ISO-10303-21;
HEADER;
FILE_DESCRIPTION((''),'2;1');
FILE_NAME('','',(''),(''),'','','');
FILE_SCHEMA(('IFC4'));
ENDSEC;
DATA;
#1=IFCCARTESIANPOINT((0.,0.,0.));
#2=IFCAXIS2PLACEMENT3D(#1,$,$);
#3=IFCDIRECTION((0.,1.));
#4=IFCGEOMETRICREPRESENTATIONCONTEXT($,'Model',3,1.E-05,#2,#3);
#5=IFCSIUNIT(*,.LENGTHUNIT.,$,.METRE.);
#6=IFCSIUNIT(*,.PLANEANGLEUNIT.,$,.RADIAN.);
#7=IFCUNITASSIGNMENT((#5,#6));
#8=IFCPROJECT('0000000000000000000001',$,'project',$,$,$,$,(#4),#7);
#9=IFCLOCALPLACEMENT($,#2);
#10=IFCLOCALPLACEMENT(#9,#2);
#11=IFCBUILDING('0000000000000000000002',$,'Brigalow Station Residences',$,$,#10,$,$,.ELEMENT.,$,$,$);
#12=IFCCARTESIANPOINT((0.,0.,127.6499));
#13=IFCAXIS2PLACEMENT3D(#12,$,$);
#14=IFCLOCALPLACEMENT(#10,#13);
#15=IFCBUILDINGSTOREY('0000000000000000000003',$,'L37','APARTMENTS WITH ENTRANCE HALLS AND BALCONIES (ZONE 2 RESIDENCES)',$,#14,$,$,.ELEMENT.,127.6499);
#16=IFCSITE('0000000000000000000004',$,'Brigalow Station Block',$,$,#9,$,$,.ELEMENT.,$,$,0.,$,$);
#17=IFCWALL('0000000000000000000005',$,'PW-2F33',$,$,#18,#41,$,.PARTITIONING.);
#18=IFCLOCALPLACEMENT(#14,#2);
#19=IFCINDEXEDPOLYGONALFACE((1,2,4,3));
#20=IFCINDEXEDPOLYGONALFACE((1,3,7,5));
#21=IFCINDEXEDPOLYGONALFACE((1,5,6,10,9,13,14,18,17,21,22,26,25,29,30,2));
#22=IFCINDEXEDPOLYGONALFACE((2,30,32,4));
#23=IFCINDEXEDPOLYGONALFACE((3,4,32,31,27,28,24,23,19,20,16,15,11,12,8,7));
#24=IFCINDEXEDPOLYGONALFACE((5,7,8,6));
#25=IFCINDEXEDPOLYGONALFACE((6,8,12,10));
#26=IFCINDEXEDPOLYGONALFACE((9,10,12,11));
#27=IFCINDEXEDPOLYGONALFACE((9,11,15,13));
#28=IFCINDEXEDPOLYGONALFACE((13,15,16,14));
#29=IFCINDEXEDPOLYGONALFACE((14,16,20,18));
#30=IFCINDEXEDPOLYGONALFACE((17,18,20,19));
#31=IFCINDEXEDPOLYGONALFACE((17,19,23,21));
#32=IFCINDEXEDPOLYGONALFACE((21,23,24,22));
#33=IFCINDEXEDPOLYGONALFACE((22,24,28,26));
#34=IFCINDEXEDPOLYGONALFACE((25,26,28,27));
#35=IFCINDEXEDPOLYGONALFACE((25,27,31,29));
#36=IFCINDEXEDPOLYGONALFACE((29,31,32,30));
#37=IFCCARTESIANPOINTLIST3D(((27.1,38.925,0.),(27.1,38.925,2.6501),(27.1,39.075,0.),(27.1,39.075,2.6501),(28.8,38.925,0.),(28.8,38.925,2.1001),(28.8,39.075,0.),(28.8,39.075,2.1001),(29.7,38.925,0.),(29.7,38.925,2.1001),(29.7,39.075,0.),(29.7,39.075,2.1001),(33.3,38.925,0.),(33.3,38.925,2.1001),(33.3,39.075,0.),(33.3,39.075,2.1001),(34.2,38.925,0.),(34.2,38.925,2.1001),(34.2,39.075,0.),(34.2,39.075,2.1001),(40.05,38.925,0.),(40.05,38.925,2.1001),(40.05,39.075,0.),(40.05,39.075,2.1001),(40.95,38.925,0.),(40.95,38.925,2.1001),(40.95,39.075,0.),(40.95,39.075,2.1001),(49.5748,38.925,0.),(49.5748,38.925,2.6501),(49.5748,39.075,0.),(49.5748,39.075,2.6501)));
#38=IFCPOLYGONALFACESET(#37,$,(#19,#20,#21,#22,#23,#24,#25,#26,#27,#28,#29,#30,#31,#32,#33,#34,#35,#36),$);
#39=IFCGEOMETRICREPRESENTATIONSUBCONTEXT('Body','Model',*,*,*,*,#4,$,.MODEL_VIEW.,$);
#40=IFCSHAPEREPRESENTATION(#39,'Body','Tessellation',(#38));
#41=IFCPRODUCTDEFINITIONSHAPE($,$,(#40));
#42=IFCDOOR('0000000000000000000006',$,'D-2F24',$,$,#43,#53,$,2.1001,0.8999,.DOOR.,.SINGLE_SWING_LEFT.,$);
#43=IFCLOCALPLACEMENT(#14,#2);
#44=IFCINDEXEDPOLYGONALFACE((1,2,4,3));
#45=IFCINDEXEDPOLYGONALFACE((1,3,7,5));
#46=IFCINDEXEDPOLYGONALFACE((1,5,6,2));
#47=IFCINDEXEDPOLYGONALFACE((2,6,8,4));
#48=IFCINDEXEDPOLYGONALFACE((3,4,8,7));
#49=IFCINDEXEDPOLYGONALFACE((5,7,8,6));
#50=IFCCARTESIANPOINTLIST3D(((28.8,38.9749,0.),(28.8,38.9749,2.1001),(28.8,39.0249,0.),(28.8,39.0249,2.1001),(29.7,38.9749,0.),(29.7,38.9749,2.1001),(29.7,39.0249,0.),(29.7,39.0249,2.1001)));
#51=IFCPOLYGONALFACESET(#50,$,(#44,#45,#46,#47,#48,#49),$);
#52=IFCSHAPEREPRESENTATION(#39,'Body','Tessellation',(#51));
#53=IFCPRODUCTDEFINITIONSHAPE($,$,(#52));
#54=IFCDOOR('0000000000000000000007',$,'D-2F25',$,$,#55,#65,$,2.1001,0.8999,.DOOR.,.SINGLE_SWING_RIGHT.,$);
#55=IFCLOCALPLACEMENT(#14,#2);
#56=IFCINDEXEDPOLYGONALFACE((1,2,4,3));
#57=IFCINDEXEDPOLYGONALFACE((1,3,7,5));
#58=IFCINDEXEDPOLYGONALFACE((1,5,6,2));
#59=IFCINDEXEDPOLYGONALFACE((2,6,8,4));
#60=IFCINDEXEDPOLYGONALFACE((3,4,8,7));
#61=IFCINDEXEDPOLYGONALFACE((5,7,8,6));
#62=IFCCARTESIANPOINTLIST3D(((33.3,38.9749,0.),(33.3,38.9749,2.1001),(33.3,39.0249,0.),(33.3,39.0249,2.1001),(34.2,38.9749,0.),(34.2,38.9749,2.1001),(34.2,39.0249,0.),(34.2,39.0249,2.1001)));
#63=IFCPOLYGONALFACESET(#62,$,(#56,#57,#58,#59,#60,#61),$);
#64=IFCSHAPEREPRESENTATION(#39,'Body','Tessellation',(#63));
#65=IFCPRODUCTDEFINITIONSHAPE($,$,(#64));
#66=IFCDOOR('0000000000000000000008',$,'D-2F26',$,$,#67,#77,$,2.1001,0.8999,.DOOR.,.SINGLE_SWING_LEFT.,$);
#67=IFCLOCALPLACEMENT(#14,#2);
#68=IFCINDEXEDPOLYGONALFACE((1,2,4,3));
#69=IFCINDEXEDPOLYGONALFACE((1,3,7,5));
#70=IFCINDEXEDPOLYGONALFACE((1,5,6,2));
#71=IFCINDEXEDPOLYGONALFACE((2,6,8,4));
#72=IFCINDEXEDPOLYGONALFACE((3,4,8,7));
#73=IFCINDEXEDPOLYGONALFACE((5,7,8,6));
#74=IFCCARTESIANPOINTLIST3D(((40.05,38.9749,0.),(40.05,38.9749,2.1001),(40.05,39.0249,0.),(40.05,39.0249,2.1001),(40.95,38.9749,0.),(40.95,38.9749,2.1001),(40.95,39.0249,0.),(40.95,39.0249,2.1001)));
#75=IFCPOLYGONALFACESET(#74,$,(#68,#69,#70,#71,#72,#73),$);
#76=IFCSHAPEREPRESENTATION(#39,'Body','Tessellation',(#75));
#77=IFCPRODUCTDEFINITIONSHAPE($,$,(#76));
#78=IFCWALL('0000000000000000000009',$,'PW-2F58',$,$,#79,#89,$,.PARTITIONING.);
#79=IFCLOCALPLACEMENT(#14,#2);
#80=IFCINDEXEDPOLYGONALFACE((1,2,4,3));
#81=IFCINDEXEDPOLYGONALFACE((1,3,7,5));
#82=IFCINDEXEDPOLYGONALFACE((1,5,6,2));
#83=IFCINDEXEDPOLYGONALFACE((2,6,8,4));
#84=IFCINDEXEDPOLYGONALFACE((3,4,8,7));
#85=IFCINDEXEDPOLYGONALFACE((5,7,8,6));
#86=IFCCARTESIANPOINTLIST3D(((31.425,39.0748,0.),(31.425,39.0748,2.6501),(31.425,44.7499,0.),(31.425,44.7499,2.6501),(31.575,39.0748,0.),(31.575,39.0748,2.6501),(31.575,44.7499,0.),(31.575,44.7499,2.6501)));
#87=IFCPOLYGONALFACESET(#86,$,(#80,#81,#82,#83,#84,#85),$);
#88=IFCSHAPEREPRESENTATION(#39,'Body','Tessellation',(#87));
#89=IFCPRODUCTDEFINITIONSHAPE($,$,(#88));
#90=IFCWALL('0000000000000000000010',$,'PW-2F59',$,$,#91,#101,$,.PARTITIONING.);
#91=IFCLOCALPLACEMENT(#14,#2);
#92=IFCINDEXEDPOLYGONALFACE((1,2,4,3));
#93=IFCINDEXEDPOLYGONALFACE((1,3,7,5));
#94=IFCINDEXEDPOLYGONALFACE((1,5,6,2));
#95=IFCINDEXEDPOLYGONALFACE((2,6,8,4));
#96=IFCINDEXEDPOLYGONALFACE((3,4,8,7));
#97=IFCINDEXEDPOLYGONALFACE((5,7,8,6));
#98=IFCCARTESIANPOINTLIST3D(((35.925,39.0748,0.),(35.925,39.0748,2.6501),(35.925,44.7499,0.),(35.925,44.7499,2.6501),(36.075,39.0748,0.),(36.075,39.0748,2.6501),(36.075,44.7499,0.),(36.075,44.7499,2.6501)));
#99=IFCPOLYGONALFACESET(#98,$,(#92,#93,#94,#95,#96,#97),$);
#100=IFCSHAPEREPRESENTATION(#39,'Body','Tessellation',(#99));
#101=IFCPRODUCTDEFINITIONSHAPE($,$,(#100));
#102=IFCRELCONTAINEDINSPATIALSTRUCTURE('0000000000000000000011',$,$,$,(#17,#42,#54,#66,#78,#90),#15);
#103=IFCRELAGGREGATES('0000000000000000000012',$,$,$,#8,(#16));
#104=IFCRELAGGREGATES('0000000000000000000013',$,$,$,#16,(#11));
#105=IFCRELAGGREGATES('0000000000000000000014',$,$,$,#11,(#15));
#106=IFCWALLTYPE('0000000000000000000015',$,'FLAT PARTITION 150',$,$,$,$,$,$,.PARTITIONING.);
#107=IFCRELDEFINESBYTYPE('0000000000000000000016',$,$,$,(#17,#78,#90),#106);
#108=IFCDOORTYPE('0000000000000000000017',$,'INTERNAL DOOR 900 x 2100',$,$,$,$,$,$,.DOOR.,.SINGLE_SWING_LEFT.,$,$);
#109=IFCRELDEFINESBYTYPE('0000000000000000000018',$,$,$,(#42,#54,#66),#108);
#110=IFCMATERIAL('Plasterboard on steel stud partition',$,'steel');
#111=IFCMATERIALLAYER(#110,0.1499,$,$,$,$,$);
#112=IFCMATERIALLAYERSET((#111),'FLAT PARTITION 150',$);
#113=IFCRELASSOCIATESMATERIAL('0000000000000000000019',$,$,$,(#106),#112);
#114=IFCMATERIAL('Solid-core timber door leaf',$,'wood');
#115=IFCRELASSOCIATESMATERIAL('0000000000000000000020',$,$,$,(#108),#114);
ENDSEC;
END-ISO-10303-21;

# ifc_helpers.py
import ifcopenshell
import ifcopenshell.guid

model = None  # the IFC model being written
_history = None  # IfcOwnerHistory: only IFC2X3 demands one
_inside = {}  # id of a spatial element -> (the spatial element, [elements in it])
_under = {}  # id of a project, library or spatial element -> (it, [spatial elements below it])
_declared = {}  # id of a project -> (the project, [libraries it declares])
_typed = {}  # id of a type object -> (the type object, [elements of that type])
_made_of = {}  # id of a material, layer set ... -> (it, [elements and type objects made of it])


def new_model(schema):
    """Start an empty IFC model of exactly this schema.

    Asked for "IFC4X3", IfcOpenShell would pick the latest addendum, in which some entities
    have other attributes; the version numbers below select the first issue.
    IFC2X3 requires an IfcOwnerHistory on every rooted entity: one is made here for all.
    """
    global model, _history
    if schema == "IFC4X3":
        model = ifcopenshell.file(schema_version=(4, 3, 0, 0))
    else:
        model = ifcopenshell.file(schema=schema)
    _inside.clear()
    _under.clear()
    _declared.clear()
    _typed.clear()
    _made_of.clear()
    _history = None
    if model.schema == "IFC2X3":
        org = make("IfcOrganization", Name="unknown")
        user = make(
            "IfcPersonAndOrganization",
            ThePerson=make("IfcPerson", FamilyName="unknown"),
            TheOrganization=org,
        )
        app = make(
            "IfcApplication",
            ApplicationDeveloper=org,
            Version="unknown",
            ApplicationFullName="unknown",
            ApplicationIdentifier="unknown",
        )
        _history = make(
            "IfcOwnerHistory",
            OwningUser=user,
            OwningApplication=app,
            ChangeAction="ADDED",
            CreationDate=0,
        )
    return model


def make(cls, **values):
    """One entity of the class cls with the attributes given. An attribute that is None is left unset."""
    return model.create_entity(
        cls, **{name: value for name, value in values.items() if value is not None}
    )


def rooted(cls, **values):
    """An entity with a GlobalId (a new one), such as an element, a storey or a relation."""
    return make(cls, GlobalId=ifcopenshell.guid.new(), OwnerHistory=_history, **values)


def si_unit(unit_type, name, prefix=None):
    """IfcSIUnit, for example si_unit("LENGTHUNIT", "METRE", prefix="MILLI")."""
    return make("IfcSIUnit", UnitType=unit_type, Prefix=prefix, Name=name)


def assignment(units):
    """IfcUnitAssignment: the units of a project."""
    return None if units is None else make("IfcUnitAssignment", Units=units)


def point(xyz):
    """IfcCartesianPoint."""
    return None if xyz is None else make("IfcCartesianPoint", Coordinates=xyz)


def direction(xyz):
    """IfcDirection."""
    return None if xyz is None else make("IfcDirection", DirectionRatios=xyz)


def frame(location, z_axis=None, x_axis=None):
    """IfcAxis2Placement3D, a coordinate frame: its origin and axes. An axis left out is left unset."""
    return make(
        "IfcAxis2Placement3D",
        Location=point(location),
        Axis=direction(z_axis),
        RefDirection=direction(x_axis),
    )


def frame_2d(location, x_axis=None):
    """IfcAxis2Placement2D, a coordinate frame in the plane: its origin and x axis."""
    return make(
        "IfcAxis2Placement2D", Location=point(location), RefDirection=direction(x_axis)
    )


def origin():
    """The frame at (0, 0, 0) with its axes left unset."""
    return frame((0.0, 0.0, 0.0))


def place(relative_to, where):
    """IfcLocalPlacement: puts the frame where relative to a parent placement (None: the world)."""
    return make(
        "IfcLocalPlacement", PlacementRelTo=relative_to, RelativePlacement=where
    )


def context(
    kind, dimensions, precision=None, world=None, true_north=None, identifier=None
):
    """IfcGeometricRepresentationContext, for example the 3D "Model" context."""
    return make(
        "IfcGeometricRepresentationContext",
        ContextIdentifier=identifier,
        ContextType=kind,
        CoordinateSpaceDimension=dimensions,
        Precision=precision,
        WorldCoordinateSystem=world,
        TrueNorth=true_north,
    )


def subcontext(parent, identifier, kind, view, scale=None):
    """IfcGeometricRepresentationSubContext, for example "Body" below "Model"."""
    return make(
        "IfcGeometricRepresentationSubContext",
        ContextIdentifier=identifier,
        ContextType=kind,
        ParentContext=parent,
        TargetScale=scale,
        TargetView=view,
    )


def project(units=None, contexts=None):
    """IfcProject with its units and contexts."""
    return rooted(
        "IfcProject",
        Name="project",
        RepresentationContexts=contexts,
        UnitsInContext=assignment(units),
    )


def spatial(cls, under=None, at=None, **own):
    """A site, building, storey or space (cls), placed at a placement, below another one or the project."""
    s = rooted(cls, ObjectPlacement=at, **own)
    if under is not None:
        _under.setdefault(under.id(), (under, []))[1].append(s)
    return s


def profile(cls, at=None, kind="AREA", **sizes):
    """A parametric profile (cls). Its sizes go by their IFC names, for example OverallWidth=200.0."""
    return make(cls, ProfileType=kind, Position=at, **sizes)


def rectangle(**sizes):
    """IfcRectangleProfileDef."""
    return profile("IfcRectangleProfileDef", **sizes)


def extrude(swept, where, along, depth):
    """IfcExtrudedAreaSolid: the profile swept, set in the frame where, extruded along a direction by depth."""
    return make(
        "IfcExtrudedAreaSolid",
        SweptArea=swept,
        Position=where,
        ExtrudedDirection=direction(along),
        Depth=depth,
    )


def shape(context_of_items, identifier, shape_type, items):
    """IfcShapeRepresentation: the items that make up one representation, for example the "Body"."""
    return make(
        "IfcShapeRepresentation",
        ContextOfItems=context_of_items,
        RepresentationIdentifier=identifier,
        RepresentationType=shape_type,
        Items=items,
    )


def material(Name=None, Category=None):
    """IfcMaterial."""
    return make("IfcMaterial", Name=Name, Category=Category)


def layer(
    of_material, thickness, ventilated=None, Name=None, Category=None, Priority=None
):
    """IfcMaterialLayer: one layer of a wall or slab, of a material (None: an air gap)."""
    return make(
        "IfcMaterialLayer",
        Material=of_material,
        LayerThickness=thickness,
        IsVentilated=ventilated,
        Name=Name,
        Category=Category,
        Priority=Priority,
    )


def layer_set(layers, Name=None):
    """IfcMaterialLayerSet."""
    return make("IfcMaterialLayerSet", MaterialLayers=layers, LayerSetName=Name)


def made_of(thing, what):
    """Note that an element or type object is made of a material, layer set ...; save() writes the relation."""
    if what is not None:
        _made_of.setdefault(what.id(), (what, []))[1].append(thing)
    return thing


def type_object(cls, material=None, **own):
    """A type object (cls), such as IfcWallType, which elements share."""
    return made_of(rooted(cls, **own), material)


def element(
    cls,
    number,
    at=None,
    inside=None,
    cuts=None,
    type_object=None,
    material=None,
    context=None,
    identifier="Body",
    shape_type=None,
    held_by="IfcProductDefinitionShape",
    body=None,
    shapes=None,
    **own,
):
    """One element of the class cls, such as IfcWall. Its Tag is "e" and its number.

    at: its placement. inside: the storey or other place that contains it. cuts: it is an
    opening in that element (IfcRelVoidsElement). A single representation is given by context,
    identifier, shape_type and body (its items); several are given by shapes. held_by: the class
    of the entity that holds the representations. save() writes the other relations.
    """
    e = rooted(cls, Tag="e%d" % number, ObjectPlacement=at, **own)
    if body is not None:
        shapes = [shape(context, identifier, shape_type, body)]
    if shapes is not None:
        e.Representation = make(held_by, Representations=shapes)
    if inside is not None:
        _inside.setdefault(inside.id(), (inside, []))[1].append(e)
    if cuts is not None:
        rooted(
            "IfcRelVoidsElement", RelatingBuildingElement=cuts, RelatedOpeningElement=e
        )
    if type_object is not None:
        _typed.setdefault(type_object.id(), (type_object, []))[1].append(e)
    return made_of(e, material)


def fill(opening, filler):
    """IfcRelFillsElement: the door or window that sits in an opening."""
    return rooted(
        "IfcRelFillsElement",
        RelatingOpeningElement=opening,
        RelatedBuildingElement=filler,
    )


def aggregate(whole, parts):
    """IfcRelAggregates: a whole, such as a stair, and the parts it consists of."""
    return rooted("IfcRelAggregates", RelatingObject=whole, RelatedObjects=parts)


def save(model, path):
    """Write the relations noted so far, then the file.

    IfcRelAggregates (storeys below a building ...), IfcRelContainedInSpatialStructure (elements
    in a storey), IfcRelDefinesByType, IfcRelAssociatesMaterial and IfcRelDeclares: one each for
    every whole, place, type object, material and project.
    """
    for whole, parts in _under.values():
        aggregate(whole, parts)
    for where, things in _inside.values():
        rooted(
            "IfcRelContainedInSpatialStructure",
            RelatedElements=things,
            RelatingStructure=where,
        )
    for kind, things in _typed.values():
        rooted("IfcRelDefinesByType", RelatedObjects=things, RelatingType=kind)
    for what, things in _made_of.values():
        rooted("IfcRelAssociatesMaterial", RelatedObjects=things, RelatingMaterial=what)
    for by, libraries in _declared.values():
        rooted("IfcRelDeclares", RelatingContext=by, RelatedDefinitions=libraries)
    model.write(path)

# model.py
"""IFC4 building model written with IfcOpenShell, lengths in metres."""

from ifc_helpers import new_model, si_unit, direction, frame, frame_2d, origin, place, context, subcontext, project, spatial, rectangle, extrude, material, layer, layer_set, type_object, element, fill, save


model = new_model("IFC4")

# Units and contexts
model_context = context("Model", 3, precision=1e-05, world=origin(), true_north=direction((0.0, 1.0)))
body_context = subcontext(model_context, "Body", "Model", "MODEL_VIEW")
ifc_project = project(units=[si_unit("LENGTHUNIT", "METRE"), si_unit("PLANEANGLEUNIT", "RADIAN")], contexts=[model_context])

# Site, building, storey
site_placement = place(None, origin())
site = spatial("IfcSite", under=ifc_project, at=site_placement, Name="Brigalow Station Block", CompositionType="ELEMENT", RefElevation=0.0)
building_placement = place(site_placement, origin())
building = spatial("IfcBuilding", under=site, at=building_placement, Name="Brigalow Station Residences", CompositionType="ELEMENT")
storey_placement = place(building_placement, frame((0.0, 0.0, 127.6499)))
storey = spatial("IfcBuildingStorey", under=building, at=storey_placement, Name="L37", Description="APARTMENTS WITH ENTRANCE HALLS AND BALCONIES (ZONE 2 RESIDENCES)", CompositionType="ELEMENT", Elevation=127.6499)

# Wall, openings, doors
ifc_material_1 = material(Name="Plasterboard on steel stud partition", Category="steel")
ifc_layer_1 = layer(ifc_material_1, 0.1499)
ifc_layer_set_1 = layer_set([ifc_layer_1], Name="FLAT PARTITION 150")
wall_type_1 = type_object("IfcWallType", Name="FLAT PARTITION 150", PredefinedType="PARTITIONING", material=ifc_layer_set_1)
wall_1_placement = place(storey_placement, frame((27.1001, 39.0, 0.0), z_axis=(0.0, 0.0, 1.0), x_axis=(1.0, 0.0, 0.0)))
wall_1 = element("IfcWall", 1, at=wall_1_placement, inside=storey, type_object=wall_type_1, Name="PW-2F33", PredefinedType="PARTITIONING", context=body_context, shape_type="SweptSolid", body=[
    extrude(rectangle(XDim=22.4749, YDim=0.1499, at=frame_2d((11.2373, 0.0))), origin(), (0.0, 0.0, 1.0), 2.6501),
])
opening_1_placement = place(wall_1_placement, frame((1.7, 0.0, 0.0)))
opening_1 = element("IfcOpeningElement", 2, at=opening_1_placement, cuts=wall_1, PredefinedType="OPENING", context=body_context, shape_type="SweptSolid", body=[
    extrude(rectangle(XDim=0.8999, YDim=2.1001, at=frame_2d((0.45, 1.05))), frame((0.0, 0.085, 0.0), z_axis=(0.0, -1.0, 0.0), x_axis=(1.0, 0.0, 0.0)), (0.0, 0.0, 1.0), 0.1699),
])
opening_2_placement = place(wall_1_placement, frame((6.2, 0.0, 0.0)))
opening_2 = element("IfcOpeningElement", 3, at=opening_2_placement, cuts=wall_1, PredefinedType="OPENING", context=body_context, shape_type="SweptSolid", body=[
    extrude(rectangle(XDim=0.8999, YDim=2.1001, at=frame_2d((0.45, 1.05))), frame((0.0, 0.085, 0.0), z_axis=(0.0, -1.0, 0.0), x_axis=(1.0, 0.0, 0.0)), (0.0, 0.0, 1.0), 0.1699),
])
opening_3_placement = place(wall_1_placement, frame((12.95, 0.0, 0.0)))
opening_3 = element("IfcOpeningElement", 4, at=opening_3_placement, cuts=wall_1, PredefinedType="OPENING", context=body_context, shape_type="SweptSolid", body=[
    extrude(rectangle(XDim=0.8999, YDim=2.1001, at=frame_2d((0.45, 1.05))), frame((0.0, 0.085, 0.0), z_axis=(0.0, -1.0, 0.0), x_axis=(1.0, 0.0, 0.0)), (0.0, 0.0, 1.0), 0.1699),
])
ifc_material_2 = material(Name="Solid-core timber door leaf", Category="wood")
door_type_1 = type_object("IfcDoorType", Name="INTERNAL DOOR 900 x 2100", OperationType="SINGLE_SWING_LEFT", PredefinedType="DOOR", material=ifc_material_2)
door_1_placement = place(opening_1_placement, origin())
door_1 = element("IfcDoor", 5, at=door_1_placement, inside=storey, type_object=door_type_1, Name="D-2F24", OperationType="SINGLE_SWING_LEFT", OverallHeight=2.1001, OverallWidth=0.8999, PredefinedType="DOOR", context=body_context, shape_type="SweptSolid", body=[
    extrude(rectangle(XDim=0.8999, YDim=2.1001, at=frame_2d((0.45, 1.05))), frame((0.0, 0.0249, 0.0), z_axis=(0.0, -1.0, 0.0), x_axis=(1.0, 0.0, 0.0)), (0.0, 0.0, 1.0), 0.05),
])
fill(opening_1, door_1)
door_2_placement = place(opening_2_placement, origin())
door_2 = element("IfcDoor", 6, at=door_2_placement, inside=storey, type_object=door_type_1, Name="D-2F25", OperationType="SINGLE_SWING_RIGHT", OverallHeight=2.1001, OverallWidth=0.8999, PredefinedType="DOOR", context=body_context, shape_type="SweptSolid", body=[
    extrude(rectangle(XDim=0.8999, YDim=2.1001, at=frame_2d((0.45, 1.05))), frame((0.0, 0.0249, 0.0), z_axis=(0.0, -1.0, 0.0), x_axis=(1.0, 0.0, 0.0)), (0.0, 0.0, 1.0), 0.05),
])
fill(opening_2, door_2)
door_3_placement = place(opening_3_placement, origin())
door_3 = element("IfcDoor", 7, at=door_3_placement, inside=storey, type_object=door_type_1, Name="D-2F26", OperationType="SINGLE_SWING_LEFT", OverallHeight=2.1001, OverallWidth=0.8999, PredefinedType="DOOR", context=body_context, shape_type="SweptSolid", body=[
    extrude(rectangle(XDim=0.8999, YDim=2.1001, at=frame_2d((0.45, 1.05))), frame((0.0, 0.0249, 0.0), z_axis=(0.0, -1.0, 0.0), x_axis=(1.0, 0.0, 0.0)), (0.0, 0.0, 1.0), 0.05),
])
fill(opening_3, door_3)

# Walls
for number, where, z_axis, x_axis, name in (
    (8, (31.5, 39.075, 0.0), (0.0, 0.0, 1.0), (0.0, 1.0, 0.0), "PW-2F58"),
    (9, (36.0, 39.075, 0.0), (0.0, 0.0, 1.0), (0.0, 1.0, 0.0), "PW-2F59"),
):
    element("IfcWall", number, at=place(storey_placement, frame(where, z_axis=z_axis, x_axis=x_axis)), inside=storey, type_object=wall_type_1, Name=name, PredefinedType="PARTITIONING", context=body_context, shape_type="SweptSolid", body=[
        extrude(rectangle(XDim=5.675, YDim=0.1499, at=frame_2d((2.8374, 0.0))), origin(), (0.0, 0.0, 1.0), 2.6501),
    ])

save(model, "model.ifc")
